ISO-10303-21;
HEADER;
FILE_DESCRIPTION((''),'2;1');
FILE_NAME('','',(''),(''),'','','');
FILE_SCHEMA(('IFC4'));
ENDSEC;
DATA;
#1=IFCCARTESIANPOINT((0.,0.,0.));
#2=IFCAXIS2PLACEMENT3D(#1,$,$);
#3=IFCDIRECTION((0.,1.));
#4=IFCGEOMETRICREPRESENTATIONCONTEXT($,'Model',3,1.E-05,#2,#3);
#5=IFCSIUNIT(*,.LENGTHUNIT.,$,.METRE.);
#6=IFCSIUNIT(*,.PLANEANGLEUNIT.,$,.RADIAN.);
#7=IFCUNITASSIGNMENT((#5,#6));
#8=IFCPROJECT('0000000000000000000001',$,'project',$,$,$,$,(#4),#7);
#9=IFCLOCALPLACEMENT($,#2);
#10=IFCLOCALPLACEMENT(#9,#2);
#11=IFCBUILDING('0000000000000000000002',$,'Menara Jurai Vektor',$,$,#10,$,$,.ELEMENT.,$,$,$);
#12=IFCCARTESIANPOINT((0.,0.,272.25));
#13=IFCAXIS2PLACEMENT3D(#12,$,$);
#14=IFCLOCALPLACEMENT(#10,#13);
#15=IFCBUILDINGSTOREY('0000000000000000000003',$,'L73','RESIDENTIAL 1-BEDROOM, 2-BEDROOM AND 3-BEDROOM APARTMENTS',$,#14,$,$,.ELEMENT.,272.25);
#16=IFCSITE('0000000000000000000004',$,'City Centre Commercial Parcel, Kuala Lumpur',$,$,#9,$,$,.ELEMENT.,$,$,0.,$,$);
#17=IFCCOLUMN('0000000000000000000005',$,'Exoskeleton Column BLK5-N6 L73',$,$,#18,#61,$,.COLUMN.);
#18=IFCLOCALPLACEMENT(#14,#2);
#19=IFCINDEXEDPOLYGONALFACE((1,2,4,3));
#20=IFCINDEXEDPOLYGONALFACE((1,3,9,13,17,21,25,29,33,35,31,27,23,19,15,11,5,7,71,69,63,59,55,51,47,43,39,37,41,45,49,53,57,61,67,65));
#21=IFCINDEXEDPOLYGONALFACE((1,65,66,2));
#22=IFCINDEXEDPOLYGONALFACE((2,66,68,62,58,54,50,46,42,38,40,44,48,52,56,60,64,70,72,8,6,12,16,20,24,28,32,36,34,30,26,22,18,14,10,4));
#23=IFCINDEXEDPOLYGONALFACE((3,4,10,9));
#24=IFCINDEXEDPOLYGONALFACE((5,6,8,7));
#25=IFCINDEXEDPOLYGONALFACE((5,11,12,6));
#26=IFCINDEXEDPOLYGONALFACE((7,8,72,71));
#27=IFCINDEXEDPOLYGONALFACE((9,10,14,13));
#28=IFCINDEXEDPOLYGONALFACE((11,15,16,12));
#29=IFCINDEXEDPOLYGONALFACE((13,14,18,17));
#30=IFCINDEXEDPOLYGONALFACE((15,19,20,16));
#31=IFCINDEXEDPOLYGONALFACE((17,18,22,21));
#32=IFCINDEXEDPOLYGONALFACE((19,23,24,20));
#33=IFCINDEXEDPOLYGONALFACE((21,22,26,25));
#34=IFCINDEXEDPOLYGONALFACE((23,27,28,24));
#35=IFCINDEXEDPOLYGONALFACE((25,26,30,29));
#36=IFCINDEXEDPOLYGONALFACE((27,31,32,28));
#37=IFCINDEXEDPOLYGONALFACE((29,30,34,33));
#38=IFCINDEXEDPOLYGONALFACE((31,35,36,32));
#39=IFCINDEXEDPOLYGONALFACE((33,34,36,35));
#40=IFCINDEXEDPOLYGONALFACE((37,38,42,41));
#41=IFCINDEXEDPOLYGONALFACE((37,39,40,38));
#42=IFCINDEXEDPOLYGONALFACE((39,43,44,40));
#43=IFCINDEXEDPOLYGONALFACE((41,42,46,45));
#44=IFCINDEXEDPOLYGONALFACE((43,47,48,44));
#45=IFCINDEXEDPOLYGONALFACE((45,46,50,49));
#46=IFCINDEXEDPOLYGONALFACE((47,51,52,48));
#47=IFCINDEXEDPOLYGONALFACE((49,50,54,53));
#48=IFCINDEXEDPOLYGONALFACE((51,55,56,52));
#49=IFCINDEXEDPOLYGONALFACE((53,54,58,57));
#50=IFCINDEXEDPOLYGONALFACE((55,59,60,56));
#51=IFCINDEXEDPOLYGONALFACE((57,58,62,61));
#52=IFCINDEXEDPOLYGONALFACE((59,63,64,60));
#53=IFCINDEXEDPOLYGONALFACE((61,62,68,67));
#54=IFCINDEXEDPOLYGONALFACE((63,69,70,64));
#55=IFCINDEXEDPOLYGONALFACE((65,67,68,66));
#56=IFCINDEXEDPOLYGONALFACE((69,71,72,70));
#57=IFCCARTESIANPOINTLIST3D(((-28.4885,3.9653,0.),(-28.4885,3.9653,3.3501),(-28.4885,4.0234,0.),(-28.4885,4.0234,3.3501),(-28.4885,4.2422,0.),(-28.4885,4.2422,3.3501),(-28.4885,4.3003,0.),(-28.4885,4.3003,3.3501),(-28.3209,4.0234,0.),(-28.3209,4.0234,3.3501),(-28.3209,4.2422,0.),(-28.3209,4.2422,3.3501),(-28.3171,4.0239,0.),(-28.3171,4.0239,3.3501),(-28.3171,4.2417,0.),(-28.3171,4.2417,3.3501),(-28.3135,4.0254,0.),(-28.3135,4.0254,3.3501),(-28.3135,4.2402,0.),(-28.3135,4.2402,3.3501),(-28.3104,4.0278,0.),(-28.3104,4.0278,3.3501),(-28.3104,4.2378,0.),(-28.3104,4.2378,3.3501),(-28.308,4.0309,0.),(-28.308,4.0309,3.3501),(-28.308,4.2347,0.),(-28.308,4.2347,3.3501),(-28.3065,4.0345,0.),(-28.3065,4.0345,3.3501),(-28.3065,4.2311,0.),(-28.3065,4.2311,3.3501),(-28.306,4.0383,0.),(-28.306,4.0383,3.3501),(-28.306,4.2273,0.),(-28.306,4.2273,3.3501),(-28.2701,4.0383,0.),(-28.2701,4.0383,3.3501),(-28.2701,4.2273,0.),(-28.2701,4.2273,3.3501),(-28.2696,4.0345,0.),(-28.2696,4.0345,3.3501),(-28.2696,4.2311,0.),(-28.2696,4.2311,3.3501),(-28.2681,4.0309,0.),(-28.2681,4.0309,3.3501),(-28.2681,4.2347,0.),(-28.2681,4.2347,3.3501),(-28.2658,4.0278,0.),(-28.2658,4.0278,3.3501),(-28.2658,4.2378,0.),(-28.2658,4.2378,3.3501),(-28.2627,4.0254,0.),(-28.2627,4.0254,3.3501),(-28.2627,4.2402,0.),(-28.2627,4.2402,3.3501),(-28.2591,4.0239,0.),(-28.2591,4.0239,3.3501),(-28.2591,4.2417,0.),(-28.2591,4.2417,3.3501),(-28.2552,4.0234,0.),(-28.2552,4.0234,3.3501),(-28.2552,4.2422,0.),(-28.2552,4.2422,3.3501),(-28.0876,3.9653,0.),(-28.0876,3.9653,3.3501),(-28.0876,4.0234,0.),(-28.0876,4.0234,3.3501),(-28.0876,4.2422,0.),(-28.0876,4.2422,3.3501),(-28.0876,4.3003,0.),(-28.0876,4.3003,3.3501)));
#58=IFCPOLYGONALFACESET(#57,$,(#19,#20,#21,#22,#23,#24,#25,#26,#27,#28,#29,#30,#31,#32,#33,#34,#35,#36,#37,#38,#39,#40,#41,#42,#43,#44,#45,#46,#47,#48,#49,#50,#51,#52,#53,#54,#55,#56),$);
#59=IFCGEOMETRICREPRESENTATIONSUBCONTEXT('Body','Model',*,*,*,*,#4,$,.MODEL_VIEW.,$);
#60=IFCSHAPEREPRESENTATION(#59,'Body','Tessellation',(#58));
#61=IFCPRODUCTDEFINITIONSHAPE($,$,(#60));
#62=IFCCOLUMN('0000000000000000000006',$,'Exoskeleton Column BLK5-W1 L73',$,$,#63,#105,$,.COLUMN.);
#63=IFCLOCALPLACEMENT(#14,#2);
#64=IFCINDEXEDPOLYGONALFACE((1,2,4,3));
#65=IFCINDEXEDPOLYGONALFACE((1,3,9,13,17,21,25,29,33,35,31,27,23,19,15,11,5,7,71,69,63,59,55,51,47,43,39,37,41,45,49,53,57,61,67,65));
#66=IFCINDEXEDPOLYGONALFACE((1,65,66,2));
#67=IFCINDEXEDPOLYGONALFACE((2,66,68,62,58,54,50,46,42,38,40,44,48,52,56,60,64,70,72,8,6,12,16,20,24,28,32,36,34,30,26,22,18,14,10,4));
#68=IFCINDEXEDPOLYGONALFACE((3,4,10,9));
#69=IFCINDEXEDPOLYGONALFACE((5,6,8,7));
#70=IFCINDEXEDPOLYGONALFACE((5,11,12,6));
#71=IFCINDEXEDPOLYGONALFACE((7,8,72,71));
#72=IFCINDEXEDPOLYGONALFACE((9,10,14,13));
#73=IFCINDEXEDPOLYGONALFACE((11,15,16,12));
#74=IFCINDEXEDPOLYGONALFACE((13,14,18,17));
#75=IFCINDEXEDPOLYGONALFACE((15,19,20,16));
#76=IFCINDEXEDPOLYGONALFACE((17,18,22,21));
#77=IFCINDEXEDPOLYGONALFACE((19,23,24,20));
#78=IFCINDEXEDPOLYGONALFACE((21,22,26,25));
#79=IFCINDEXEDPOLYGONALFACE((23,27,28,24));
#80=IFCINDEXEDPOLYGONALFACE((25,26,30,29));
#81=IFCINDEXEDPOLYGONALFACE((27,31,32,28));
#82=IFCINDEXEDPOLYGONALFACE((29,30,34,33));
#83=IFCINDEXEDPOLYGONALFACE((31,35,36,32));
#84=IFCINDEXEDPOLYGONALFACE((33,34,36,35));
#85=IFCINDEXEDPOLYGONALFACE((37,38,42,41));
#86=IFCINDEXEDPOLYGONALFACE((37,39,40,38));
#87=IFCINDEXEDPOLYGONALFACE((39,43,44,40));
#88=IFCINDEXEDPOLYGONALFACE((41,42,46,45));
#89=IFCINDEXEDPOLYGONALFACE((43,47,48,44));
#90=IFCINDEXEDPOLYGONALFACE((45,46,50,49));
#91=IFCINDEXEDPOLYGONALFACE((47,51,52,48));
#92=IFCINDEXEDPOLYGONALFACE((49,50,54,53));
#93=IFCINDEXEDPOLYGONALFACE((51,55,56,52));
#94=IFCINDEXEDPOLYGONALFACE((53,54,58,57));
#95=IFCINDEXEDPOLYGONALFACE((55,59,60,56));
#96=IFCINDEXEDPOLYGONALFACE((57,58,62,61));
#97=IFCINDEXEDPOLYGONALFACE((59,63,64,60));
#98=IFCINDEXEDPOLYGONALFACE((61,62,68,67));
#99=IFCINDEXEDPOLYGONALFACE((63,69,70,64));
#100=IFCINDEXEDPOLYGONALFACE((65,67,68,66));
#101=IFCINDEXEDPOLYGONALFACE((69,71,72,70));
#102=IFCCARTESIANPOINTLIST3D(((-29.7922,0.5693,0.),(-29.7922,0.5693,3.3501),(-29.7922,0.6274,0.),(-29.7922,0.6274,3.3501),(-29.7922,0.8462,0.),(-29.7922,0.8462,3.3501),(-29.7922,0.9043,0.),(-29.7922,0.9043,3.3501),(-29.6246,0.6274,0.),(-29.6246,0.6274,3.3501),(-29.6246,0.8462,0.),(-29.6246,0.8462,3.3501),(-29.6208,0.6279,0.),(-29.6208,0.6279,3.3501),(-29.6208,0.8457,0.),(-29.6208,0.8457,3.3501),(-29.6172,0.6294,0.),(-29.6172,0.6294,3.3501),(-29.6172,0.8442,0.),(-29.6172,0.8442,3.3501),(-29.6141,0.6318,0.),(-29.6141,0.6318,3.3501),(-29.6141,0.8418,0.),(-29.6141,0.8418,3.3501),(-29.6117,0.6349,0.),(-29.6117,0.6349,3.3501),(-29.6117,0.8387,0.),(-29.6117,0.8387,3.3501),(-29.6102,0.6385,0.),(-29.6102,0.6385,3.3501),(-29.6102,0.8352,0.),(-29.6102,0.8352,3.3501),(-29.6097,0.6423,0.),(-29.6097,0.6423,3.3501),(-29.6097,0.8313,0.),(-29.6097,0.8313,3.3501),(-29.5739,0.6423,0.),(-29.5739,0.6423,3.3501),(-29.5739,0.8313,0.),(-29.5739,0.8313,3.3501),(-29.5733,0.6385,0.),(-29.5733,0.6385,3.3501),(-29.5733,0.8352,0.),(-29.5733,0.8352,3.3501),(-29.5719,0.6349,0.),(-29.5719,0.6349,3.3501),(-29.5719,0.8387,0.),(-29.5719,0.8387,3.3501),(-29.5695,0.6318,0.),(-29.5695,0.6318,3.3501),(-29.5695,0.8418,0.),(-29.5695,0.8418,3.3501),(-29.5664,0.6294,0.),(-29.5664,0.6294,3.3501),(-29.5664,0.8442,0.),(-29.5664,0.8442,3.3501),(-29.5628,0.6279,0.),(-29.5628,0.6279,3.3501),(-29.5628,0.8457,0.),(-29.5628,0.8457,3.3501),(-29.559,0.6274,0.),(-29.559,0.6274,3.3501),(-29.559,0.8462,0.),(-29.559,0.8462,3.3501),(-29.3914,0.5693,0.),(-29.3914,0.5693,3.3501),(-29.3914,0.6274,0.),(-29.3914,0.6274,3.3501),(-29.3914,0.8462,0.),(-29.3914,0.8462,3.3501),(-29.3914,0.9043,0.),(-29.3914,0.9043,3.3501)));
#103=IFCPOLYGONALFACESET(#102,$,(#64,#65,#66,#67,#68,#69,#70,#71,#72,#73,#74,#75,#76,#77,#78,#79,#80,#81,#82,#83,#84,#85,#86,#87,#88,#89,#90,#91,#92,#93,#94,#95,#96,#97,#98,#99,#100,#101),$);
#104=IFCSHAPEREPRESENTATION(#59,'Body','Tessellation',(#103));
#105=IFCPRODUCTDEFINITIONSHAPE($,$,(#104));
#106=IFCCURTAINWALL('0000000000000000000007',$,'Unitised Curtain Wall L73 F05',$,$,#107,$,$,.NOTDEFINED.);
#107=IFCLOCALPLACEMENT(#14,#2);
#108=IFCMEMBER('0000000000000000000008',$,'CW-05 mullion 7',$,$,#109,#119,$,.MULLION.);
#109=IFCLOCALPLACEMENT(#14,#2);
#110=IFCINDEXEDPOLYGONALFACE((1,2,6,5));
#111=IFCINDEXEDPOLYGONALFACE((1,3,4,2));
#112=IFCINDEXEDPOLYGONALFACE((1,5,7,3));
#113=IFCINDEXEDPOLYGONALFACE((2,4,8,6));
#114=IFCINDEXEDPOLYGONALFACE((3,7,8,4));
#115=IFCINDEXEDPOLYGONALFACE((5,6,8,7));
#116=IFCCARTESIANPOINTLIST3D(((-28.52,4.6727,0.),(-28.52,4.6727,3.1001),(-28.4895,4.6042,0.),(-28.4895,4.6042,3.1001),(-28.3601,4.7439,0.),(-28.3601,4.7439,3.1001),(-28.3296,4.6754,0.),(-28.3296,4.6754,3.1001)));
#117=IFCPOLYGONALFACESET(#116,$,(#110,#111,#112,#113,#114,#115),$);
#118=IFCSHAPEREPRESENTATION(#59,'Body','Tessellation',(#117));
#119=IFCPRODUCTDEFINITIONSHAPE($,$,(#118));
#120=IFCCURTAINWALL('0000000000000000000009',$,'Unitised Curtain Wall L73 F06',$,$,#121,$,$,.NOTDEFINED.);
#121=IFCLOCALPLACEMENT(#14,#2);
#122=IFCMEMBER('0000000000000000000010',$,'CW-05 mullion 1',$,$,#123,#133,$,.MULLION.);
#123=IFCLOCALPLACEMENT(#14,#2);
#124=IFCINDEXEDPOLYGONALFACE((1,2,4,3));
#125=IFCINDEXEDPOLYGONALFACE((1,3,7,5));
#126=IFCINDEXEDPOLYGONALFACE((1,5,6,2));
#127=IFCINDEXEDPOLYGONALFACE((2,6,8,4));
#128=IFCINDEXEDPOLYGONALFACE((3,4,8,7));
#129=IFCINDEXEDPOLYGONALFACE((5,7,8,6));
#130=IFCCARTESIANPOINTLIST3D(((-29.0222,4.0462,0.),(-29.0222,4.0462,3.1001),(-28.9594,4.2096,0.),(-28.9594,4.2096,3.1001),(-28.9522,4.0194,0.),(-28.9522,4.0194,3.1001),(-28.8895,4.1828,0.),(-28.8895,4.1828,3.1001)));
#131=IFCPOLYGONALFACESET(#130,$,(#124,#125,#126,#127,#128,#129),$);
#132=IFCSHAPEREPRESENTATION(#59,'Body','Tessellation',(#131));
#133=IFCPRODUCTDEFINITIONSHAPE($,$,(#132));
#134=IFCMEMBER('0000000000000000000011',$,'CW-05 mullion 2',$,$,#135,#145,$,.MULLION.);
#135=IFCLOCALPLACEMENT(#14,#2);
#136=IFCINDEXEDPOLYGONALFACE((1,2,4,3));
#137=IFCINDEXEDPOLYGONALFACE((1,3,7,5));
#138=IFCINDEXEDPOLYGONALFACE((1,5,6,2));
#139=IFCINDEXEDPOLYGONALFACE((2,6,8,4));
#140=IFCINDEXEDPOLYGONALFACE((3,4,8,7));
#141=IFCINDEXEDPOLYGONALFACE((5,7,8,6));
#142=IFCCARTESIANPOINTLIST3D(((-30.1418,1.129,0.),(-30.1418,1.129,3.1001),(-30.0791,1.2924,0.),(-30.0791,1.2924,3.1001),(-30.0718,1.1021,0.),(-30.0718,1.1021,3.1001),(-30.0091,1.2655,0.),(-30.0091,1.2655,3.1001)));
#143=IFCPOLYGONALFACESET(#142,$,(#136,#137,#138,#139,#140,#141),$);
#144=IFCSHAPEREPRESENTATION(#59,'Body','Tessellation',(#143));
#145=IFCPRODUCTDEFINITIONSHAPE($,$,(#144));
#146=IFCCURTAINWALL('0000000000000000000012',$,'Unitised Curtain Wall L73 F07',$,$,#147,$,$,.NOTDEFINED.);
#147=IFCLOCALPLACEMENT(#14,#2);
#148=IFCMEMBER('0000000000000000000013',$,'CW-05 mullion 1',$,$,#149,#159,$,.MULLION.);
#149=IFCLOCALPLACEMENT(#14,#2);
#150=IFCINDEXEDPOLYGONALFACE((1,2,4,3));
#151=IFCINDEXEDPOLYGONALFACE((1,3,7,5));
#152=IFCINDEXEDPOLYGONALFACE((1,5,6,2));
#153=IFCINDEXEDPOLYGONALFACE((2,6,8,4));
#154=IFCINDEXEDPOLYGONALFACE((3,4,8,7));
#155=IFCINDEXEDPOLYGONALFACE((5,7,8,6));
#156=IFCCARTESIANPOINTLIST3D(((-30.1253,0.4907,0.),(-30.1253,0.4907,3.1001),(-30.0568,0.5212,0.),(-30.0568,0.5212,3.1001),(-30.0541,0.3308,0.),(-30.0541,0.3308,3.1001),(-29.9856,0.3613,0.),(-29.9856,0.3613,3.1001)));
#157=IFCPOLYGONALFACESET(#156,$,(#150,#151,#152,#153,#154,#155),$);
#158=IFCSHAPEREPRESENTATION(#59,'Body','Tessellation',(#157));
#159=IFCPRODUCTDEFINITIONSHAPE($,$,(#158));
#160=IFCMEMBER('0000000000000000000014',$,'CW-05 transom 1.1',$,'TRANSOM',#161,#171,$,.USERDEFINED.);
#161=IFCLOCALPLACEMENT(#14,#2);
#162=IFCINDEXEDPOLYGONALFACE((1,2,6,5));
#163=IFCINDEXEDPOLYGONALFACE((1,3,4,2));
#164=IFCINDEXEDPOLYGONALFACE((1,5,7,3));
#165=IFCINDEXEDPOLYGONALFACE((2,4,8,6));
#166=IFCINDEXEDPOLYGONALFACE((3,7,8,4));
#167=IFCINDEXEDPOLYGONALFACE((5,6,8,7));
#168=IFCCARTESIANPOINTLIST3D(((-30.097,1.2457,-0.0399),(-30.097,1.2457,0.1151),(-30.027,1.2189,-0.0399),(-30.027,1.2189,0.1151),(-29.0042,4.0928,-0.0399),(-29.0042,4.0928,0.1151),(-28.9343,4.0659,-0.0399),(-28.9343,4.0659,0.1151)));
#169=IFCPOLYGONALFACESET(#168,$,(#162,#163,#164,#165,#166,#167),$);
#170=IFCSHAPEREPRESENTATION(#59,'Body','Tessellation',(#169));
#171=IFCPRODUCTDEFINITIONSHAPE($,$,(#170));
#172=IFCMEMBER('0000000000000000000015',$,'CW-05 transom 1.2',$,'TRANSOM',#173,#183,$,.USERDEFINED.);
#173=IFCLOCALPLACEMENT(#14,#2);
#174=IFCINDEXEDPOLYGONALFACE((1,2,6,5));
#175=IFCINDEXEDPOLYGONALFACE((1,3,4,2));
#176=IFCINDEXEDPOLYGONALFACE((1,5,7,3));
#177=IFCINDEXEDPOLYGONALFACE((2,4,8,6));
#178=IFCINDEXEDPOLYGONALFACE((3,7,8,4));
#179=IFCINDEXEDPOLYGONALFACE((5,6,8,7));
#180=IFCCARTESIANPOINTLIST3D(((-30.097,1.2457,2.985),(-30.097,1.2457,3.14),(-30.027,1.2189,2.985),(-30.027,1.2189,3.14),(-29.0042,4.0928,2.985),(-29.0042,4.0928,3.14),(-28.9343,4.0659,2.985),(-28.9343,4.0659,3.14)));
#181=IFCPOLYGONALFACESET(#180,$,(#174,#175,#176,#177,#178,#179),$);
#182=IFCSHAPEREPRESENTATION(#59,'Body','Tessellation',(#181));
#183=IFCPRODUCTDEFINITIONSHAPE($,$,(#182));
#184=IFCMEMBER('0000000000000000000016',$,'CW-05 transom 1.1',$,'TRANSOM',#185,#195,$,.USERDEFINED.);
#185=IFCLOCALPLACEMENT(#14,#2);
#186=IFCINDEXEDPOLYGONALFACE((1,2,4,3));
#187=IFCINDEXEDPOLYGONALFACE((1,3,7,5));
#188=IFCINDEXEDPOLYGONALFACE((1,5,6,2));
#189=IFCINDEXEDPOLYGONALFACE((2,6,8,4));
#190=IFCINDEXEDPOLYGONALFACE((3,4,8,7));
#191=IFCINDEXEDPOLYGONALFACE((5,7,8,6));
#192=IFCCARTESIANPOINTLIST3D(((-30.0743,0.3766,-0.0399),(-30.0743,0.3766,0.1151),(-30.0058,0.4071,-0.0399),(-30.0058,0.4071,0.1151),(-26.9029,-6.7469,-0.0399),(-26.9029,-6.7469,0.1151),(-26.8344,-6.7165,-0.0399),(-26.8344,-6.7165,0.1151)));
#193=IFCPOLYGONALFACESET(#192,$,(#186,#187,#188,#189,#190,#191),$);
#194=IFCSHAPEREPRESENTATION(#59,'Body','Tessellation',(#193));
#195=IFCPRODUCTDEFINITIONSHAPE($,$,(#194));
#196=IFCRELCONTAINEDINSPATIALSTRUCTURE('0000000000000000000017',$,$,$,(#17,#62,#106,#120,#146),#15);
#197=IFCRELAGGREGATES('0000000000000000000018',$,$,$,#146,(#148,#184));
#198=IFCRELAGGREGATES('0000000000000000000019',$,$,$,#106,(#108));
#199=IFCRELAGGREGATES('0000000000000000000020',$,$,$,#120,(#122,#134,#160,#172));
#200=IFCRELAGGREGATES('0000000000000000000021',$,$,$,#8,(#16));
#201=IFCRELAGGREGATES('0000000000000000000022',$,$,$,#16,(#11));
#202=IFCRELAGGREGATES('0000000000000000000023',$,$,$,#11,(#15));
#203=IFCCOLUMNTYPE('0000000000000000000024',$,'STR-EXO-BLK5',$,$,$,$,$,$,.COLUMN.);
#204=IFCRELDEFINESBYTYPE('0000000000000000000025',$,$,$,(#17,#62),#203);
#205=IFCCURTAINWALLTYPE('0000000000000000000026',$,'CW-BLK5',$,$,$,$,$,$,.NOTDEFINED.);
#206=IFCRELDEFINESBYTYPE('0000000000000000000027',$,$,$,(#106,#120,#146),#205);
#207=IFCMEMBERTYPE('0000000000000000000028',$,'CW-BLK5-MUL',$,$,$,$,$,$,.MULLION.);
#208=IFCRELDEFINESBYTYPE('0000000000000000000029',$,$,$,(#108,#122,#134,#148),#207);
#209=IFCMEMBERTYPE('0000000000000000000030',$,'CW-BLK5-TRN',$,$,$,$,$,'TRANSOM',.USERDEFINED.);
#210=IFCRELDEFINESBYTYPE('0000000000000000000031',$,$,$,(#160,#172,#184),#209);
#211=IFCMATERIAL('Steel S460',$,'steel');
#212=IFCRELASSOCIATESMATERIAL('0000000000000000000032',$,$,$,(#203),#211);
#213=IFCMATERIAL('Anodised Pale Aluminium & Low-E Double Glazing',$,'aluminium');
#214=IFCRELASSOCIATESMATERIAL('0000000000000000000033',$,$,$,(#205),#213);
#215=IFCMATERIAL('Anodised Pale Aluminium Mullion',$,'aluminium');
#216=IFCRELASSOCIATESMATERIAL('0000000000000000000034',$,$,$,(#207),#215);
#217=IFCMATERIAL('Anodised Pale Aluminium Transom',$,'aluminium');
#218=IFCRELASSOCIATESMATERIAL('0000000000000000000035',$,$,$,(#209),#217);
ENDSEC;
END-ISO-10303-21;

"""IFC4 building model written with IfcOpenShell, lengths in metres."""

from ifc_helpers import new_model, si_unit, direction, frame, origin, origin_2d, place, context, subcontext, project, spatial, rectangle, i_section, extrude, material, material_profile, profile_set, type_object, element, aggregate, save


model = new_model("IFC4")

# Units and contexts
model_context = context("Model", 3, precision=1e-05, world=origin(), true_north=direction((0.0, 1.0)))
body_context = subcontext(model_context, "Body", "Model", "MODEL_VIEW")
ifc_project = project(units=[si_unit("LENGTHUNIT", "METRE"), si_unit("PLANEANGLEUNIT", "RADIAN")], contexts=[model_context])

# Site, building, storey
site_placement = place(None, origin())
site = spatial("IfcSite", under=ifc_project, at=site_placement, Name="City Centre Commercial Parcel, Kuala Lumpur", CompositionType="ELEMENT", RefElevation=0.0)
building_placement = place(site_placement, origin())
building = spatial("IfcBuilding", under=site, at=building_placement, Name="Menara Jurai Vektor", CompositionType="ELEMENT")
storey_placement = place(building_placement, frame((0.0, 0.0, 272.25)))
storey = spatial("IfcBuildingStorey", under=building, at=storey_placement, Name="L73", Description="RESIDENTIAL 1-BEDROOM, 2-BEDROOM AND 3-BEDROOM APARTMENTS", CompositionType="ELEMENT", Elevation=272.25)

# Columns
ifc_material_1 = material(Name="Steel S460", Category="steel")
ifc_material_profile_1 = material_profile(ifc_material_1, i_section(OverallWidth=0.4009, OverallDepth=0.335, WebThickness=0.0359, FlangeThickness=0.0581, FilletRadius=0.0149, at=origin_2d()), Name="HD 400x463")
ifc_profile_set_1 = profile_set([ifc_material_profile_1], Name="Steel S460")
column_type = type_object("IfcColumnType", Name="STR-EXO-BLK5", PredefinedType="COLUMN", material=ifc_profile_set_1)
for number, where, z_axis, x_axis, name in (
    (1, (-28.2881, 4.1328, 0.0), (0.0, 0.0, 1.0), (1.0, 0.0, 0.0), "Exoskeleton Column BLK5-N6 L73"),
    (2, (-29.5918, 0.7368, 0.0), (0.0, 0.0, 1.0), (1.0, 0.0, 0.0), "Exoskeleton Column BLK5-W1 L73"),
):
    element("IfcColumn", number, at=place(storey_placement, frame(where, z_axis=z_axis, x_axis=x_axis)), inside=storey, type_object=column_type, Name=name, PredefinedType="COLUMN", context=body_context, shape_type="SweptSolid", body=[
        extrude(i_section(OverallWidth=0.4009, OverallDepth=0.335, WebThickness=0.0359, FlangeThickness=0.0581, FilletRadius=0.0149, at=origin_2d()), origin(), (0.0, 0.0, 1.0), 3.3501),
    ])

# Curtain wall, member
ifc_material_2 = material(Name="Anodised Pale Aluminium & Low-E Double Glazing", Category="aluminium")
curtain_wall_type = type_object("IfcCurtainWallType", Name="CW-BLK5", PredefinedType="NOTDEFINED", material=ifc_material_2)
curtain_wall_1_placement = place(storey_placement, origin())
curtain_wall_1 = element("IfcCurtainWall", 3, at=curtain_wall_1_placement, inside=storey, type_object=curtain_wall_type, Name="Unitised Curtain Wall L73 F05", PredefinedType="NOTDEFINED")
ifc_material_3 = material(Name="Anodised Pale Aluminium Mullion", Category="aluminium")
ifc_material_profile_2 = material_profile(ifc_material_3, rectangle(XDim=0.075, YDim=0.175, at=origin_2d()), Name="ALU MUL 75x175")
ifc_profile_set_2 = profile_set([ifc_material_profile_2], Name="Anodised Pale Aluminium Mullion")
member_type_1 = type_object("IfcMemberType", Name="CW-BLK5-MUL", PredefinedType="MULLION", material=ifc_profile_set_2)
member_1_placement = place(storey_placement, frame((-28.4248, 4.6741, 0.0), z_axis=(0.0, 0.0, 1.0), x_axis=(0.406735, -0.913546, 0.0)))
member_1 = element("IfcMember", 4, at=member_1_placement, type_object=member_type_1, Name="CW-05 mullion 7", PredefinedType="MULLION", context=body_context, shape_type="SweptSolid", body=[
    extrude(rectangle(XDim=0.075, YDim=0.175, at=origin_2d()), origin(), (0.0, 0.0, 1.0), 3.1001),
])

# Curtain wall, members
curtain_wall_2_placement = place(storey_placement, origin())
curtain_wall_2 = element("IfcCurtainWall", 5, at=curtain_wall_2_placement, inside=storey, type_object=curtain_wall_type, Name="Unitised Curtain Wall L73 F06", PredefinedType="NOTDEFINED")
member_2_placement = place(storey_placement, frame((-28.9558, 4.1145, 0.0), z_axis=(0.0, 0.0, 1.0), x_axis=(0.933578, -0.358374, 0.0)))
member_2 = element("IfcMember", 6, at=member_2_placement, type_object=member_type_1, Name="CW-05 mullion 1", PredefinedType="MULLION", context=body_context, shape_type="SweptSolid", body=[
    extrude(rectangle(XDim=0.075, YDim=0.175, at=origin_2d()), origin(), (0.0, 0.0, 1.0), 3.1001),
])
member_3_placement = place(storey_placement, frame((-30.0754, 1.1973, 0.0), z_axis=(0.0, 0.0, 1.0), x_axis=(0.933578, -0.358374, 0.0)))
member_3 = element("IfcMember", 7, at=member_3_placement, type_object=member_type_1, Name="CW-05 mullion 2", PredefinedType="MULLION", context=body_context, shape_type="SweptSolid", body=[
    extrude(rectangle(XDim=0.075, YDim=0.175, at=origin_2d()), origin(), (0.0, 0.0, 1.0), 3.1001),
])

# Curtain wall, member
curtain_wall_3_placement = place(storey_placement, origin())
curtain_wall_3 = element("IfcCurtainWall", 8, at=curtain_wall_3_placement, inside=storey, type_object=curtain_wall_type, Name="Unitised Curtain Wall L73 F07", PredefinedType="NOTDEFINED")
member_4_placement = place(storey_placement, frame((-30.0554, 0.426, 0.0), z_axis=(0.0, 0.0, 1.0), x_axis=(0.913546, 0.406735, 0.0)))
member_4 = element("IfcMember", 9, at=member_4_placement, type_object=member_type_1, Name="CW-05 mullion 1", PredefinedType="MULLION", context=body_context, shape_type="SweptSolid", body=[
    extrude(rectangle(XDim=0.075, YDim=0.175, at=origin_2d()), origin(), (0.0, 0.0, 1.0), 3.1001),
])

# Members
ifc_material_4 = material(Name="Anodised Pale Aluminium Transom", Category="aluminium")
ifc_material_profile_3 = material_profile(ifc_material_4, rectangle(XDim=0.075, YDim=0.155, at=origin_2d()), Name="ALU TRN 75x155")
ifc_profile_set_3 = profile_set([ifc_material_profile_3], Name="Anodised Pale Aluminium Transom")
member_type_2 = type_object("IfcMemberType", Name="CW-BLK5-TRN", ElementType="TRANSOM", PredefinedType="USERDEFINED", material=ifc_profile_set_3)
member_5_placement = place(storey_placement, frame((-28.9692, 4.0793, 0.0376), z_axis=(-0.358325, -0.933597, 0.0), x_axis=(0.933597, -0.358325, 0.0)))
member_5 = element("IfcMember", 10, at=member_5_placement, type_object=member_type_2, Name="CW-05 transom 1.1", ObjectType="TRANSOM", PredefinedType="USERDEFINED", context=body_context, shape_type="SweptSolid", body=[
    extrude(rectangle(XDim=0.075, YDim=0.155, at=origin_2d()), origin(), (0.0, 0.0, 1.0), 3.0496),
])
member_6_placement = place(storey_placement, frame((-28.9692, 4.0793, 3.0625), z_axis=(-0.358325, -0.933597, 0.0), x_axis=(0.933597, -0.358325, 0.0)))
member_6 = element("IfcMember", 11, at=member_6_placement, type_object=member_type_2, Name="CW-05 transom 1.2", ObjectType="TRANSOM", PredefinedType="USERDEFINED", context=body_context, shape_type="SweptSolid", body=[
    extrude(rectangle(XDim=0.075, YDim=0.155, at=origin_2d()), origin(), (0.0, 0.0, 1.0), 3.0496),
])
member_7_placement = place(storey_placement, frame((-30.04, 0.3918, 0.0376), z_axis=(0.406714, -0.913556, 0.0), x_axis=(0.913556, 0.406714, 0.0)))
member_7 = element("IfcMember", 12, at=member_7_placement, type_object=member_type_2, Name="CW-05 transom 1.1", ObjectType="TRANSOM", PredefinedType="USERDEFINED", context=body_context, shape_type="SweptSolid", body=[
    extrude(rectangle(XDim=0.075, YDim=0.155, at=origin_2d()), origin(), (0.0, 0.0, 1.0), 7.7976),
])
aggregate(curtain_wall_3, [member_4, member_7])

aggregate(curtain_wall_1, [member_1])
aggregate(curtain_wall_2, [member_2, member_3, member_5, member_6])

save(model, "model.ifc")
